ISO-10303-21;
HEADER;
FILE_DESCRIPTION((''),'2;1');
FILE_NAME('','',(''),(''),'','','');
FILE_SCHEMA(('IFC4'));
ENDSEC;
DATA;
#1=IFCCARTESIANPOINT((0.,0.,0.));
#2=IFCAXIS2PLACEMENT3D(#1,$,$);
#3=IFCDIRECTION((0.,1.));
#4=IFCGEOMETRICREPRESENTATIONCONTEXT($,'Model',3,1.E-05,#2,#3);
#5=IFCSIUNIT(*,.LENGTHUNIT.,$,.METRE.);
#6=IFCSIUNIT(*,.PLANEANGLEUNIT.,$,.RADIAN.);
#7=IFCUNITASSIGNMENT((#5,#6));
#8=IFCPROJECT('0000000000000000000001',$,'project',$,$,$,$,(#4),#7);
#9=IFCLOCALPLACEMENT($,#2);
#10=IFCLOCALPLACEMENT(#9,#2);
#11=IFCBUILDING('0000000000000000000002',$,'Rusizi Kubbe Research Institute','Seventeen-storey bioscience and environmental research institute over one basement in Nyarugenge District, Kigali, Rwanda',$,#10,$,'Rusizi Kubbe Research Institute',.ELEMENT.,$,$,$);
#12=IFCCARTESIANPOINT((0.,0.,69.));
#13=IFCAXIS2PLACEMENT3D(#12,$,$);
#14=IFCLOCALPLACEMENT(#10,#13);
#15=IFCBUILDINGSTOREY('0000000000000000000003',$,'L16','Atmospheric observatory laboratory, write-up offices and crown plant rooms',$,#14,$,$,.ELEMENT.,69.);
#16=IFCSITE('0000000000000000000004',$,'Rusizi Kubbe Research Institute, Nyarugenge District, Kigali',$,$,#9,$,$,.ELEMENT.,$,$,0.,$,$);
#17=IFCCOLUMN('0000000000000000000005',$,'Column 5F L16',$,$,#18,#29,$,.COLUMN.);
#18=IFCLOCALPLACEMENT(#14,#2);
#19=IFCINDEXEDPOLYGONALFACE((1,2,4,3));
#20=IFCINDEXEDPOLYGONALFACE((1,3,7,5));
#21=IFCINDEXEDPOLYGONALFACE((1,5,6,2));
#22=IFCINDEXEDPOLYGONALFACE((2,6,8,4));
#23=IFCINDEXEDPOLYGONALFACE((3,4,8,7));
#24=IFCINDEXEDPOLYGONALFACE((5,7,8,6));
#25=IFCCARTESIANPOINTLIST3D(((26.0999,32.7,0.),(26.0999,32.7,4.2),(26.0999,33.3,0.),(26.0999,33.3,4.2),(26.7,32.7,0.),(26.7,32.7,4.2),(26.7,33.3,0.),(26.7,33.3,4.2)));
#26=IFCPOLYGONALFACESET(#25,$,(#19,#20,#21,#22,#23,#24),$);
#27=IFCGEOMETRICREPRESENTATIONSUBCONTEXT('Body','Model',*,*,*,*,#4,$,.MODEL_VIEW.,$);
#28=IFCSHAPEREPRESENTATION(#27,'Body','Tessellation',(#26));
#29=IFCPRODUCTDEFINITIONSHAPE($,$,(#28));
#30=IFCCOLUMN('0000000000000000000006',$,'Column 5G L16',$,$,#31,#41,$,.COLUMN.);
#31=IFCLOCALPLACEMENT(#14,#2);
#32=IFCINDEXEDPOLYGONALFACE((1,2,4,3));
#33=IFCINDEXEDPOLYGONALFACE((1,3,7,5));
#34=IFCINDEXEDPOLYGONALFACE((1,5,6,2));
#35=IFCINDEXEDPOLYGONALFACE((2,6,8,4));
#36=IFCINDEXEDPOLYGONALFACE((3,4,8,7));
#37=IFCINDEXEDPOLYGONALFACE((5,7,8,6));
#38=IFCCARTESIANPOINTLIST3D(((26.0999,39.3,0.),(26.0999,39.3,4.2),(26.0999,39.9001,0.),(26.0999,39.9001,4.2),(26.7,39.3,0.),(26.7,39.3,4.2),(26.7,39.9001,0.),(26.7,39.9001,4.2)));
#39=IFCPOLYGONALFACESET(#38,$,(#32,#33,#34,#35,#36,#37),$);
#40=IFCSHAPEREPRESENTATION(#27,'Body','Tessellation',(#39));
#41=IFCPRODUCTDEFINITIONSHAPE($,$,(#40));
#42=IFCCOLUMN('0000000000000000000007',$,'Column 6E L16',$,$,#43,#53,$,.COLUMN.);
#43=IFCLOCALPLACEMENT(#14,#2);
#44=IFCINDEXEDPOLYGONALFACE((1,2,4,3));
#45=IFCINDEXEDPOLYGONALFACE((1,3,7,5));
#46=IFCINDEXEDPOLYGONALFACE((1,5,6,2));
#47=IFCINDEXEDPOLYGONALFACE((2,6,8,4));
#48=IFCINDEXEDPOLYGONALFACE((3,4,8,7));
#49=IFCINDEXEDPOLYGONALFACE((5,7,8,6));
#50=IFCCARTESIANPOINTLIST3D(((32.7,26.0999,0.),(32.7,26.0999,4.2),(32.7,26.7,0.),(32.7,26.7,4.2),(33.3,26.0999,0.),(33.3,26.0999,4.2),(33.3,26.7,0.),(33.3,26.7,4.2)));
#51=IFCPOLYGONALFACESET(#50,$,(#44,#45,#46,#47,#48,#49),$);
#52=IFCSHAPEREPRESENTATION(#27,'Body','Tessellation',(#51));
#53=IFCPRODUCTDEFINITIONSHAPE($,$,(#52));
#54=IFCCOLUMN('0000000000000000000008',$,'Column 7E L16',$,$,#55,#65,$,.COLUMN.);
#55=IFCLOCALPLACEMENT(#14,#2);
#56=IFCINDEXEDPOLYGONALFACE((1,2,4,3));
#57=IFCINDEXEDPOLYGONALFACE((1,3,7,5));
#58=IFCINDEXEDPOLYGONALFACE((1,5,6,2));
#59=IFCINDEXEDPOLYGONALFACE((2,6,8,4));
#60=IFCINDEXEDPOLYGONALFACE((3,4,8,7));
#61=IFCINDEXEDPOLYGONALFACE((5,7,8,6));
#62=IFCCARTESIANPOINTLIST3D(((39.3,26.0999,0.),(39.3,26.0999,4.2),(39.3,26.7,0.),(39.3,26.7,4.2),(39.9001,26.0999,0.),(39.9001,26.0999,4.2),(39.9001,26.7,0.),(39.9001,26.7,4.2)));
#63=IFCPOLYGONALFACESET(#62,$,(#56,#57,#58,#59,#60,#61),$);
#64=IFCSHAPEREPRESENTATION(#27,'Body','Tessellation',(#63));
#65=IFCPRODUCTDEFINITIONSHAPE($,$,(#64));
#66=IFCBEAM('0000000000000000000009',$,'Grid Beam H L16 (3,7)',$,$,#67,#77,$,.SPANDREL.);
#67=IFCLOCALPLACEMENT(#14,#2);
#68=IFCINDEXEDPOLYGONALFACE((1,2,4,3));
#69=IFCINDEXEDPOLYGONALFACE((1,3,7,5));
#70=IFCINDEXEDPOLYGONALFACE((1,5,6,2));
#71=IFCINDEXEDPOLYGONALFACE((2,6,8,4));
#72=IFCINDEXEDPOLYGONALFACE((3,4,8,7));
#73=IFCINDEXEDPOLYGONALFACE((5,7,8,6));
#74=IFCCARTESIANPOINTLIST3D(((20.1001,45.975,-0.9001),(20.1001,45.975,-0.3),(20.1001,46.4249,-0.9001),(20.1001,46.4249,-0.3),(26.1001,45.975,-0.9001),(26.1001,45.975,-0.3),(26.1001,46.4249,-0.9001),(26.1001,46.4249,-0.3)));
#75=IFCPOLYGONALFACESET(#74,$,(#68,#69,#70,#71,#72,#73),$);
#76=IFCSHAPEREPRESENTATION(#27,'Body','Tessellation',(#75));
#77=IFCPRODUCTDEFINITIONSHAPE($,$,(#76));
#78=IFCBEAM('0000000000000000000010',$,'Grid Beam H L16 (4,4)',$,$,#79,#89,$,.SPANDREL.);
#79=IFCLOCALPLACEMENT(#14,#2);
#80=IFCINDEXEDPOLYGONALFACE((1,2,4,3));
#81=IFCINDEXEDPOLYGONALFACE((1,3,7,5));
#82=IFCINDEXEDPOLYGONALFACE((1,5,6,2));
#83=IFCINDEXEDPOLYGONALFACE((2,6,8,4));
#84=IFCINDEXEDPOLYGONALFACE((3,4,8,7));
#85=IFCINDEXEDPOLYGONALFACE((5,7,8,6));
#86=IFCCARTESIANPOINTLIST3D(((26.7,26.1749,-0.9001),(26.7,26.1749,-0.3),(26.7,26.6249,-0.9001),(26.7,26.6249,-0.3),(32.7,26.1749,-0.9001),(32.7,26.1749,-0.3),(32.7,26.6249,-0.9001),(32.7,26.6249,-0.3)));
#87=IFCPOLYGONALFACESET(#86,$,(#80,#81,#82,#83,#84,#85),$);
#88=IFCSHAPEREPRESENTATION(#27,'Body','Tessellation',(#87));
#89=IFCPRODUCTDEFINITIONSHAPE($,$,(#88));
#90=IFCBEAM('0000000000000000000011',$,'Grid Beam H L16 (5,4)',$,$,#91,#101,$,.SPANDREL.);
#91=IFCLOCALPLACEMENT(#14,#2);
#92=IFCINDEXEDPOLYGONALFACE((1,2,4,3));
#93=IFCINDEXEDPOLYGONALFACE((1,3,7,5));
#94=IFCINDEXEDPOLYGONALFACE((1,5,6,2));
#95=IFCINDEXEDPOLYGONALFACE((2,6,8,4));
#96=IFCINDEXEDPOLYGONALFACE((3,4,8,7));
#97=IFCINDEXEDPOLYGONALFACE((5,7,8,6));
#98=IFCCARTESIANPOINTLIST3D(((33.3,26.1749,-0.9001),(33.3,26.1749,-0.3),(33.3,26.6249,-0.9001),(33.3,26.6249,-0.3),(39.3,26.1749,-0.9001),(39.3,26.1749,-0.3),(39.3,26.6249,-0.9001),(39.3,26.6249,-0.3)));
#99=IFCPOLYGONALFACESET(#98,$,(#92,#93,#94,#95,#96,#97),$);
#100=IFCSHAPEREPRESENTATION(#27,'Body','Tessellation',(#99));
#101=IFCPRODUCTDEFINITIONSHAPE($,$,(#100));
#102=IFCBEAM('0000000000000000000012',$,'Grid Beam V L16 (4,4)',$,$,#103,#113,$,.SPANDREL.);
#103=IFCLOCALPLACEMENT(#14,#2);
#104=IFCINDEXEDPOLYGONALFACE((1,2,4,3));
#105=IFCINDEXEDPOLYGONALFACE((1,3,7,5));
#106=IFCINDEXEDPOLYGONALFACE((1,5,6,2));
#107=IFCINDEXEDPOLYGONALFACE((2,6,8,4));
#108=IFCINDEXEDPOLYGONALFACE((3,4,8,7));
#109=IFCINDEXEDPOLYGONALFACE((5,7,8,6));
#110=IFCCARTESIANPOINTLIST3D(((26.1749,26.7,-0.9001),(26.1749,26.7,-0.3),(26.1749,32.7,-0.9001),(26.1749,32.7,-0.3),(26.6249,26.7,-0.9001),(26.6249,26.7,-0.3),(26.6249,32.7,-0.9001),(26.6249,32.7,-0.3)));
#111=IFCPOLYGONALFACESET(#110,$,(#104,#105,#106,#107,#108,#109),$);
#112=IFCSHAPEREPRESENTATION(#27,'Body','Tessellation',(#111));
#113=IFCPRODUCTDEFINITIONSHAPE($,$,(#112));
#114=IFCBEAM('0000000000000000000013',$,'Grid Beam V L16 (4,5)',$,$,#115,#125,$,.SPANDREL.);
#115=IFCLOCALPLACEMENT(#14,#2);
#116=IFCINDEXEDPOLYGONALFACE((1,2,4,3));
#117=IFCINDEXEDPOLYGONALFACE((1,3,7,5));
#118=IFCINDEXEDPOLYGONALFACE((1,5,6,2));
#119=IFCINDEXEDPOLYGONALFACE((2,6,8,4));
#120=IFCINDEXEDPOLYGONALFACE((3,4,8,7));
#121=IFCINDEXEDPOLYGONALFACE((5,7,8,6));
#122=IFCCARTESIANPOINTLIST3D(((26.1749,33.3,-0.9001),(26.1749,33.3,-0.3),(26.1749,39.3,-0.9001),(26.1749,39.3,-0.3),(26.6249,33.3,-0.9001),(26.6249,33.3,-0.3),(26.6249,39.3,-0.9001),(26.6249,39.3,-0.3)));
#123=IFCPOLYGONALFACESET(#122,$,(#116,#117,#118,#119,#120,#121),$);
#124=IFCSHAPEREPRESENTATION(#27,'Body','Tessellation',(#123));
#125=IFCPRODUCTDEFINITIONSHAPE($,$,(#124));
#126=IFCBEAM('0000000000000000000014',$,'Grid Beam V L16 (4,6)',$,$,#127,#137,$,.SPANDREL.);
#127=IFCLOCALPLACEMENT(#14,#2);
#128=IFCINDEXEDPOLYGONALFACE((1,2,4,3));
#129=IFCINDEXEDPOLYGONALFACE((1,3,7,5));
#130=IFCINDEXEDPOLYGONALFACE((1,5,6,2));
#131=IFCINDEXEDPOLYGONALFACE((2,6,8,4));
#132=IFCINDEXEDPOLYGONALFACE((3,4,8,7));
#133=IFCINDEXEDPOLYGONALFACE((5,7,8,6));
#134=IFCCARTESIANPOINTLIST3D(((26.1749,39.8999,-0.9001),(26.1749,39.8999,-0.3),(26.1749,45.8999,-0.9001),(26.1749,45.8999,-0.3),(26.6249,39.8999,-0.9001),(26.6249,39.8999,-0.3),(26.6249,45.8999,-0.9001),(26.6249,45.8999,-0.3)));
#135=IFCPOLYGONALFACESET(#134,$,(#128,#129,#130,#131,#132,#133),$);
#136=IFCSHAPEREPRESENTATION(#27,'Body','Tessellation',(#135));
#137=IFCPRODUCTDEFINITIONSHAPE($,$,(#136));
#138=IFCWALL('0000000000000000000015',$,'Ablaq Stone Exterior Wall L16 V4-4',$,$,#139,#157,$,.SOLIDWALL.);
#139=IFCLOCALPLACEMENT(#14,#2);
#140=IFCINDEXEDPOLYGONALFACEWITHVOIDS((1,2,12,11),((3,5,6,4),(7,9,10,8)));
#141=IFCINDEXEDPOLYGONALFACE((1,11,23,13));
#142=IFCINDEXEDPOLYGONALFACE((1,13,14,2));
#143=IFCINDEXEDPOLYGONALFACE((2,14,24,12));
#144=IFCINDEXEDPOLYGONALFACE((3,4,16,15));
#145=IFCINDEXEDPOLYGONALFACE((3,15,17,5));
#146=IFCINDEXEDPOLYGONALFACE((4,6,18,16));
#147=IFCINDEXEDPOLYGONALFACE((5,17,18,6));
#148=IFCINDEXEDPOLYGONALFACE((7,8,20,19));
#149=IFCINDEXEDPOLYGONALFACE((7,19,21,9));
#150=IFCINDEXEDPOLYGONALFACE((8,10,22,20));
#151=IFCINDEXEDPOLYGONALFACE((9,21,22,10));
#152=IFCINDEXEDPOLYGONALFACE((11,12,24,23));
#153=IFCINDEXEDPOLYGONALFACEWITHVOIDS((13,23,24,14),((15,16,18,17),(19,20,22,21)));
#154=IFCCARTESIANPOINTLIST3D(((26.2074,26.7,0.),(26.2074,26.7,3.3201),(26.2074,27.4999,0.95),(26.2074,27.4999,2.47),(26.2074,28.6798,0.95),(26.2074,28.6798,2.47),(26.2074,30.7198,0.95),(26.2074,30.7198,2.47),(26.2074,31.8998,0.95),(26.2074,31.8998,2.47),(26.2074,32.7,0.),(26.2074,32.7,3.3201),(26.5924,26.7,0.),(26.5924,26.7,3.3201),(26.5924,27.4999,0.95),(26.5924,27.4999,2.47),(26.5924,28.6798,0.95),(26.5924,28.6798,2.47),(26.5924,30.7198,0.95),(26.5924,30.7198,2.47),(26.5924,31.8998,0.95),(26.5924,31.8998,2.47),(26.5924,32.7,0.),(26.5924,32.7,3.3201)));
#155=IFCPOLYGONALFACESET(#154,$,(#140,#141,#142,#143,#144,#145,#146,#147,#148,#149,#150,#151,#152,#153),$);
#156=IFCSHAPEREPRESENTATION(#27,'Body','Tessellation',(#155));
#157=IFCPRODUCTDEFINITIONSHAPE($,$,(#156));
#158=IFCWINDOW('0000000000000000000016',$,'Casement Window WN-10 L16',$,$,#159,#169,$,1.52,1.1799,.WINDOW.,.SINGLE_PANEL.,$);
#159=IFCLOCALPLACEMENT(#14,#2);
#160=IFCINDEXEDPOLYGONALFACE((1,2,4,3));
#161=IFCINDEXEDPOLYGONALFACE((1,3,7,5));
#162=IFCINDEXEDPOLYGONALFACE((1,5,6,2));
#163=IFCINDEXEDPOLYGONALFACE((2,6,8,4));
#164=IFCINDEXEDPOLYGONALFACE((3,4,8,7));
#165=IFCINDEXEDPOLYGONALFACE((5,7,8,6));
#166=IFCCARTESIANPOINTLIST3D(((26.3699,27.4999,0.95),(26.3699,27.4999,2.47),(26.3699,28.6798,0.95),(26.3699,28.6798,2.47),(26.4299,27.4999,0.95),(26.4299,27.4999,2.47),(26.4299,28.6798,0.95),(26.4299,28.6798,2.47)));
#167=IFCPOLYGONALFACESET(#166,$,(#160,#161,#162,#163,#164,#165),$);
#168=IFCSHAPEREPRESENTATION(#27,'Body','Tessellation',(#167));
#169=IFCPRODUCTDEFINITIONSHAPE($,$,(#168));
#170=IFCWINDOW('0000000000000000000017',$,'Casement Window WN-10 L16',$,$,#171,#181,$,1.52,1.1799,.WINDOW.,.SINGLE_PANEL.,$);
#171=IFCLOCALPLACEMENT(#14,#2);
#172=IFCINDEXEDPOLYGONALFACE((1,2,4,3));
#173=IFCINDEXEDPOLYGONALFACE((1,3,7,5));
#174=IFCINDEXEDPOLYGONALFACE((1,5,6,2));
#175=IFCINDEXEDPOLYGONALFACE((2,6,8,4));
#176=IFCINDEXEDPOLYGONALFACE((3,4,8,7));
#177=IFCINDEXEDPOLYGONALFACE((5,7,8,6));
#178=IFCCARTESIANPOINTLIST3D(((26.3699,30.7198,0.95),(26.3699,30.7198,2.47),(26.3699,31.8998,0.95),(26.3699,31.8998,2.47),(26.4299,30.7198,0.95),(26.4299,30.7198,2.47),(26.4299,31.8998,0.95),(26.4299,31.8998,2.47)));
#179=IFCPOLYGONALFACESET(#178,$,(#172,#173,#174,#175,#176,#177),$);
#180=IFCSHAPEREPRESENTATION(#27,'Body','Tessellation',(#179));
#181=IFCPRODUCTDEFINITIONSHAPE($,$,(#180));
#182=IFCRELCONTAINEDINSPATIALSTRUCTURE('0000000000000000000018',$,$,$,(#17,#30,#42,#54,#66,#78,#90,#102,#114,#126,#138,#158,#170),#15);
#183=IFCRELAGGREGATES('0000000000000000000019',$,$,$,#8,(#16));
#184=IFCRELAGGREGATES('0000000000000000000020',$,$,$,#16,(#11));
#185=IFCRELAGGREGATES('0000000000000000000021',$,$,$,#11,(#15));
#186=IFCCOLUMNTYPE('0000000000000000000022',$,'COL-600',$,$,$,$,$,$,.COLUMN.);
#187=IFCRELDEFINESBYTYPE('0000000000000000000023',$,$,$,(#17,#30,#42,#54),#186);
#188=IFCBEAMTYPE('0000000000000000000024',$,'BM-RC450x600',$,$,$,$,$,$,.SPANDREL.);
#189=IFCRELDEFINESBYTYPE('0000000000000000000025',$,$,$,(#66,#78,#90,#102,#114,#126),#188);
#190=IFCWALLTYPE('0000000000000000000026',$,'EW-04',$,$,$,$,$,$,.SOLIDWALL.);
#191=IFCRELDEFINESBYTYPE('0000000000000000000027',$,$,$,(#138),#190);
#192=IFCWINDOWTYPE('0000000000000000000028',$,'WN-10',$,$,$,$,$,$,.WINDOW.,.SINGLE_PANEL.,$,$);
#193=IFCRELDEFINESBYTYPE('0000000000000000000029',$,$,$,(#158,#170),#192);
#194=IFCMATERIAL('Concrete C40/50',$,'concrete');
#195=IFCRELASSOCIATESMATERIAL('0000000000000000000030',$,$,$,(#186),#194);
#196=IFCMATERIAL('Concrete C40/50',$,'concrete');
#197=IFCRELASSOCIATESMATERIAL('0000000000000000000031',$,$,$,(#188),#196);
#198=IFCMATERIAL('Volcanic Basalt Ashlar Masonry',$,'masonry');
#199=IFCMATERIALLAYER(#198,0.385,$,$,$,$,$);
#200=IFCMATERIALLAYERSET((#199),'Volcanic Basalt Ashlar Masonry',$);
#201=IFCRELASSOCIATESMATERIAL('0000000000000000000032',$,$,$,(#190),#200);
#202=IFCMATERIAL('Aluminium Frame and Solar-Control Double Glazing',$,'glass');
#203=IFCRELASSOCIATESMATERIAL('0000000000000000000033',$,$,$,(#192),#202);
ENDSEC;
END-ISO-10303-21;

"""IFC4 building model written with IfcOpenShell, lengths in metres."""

from ifc_helpers import new_model, si_unit, direction, frame, frame_2d, origin, origin_2d, place, context, subcontext, project, spatial, rectangle, extrude, material, layer, layer_set, material_profile, profile_set, type_object, element, fill, save


model = new_model("IFC4")

# Units and contexts
model_context = context("Model", 3, precision=1e-05, world=origin(), true_north=direction((0.0, 1.0)))
body_context = subcontext(model_context, "Body", "Model", "MODEL_VIEW")
ifc_project = project(units=[si_unit("LENGTHUNIT", "METRE"), si_unit("PLANEANGLEUNIT", "RADIAN")], contexts=[model_context])

# Site, building, storey
site_placement = place(None, origin())
site = spatial("IfcSite", under=ifc_project, at=site_placement, Name="Rusizi Kubbe Research Institute, Nyarugenge District, Kigali", CompositionType="ELEMENT", RefElevation=0.0)
building_placement = place(site_placement, origin())
building = spatial("IfcBuilding", under=site, at=building_placement, Name="Rusizi Kubbe Research Institute", Description="Seventeen-storey bioscience and environmental research institute over one basement in Nyarugenge District, Kigali, Rwanda", LongName="Rusizi Kubbe Research Institute", CompositionType="ELEMENT")
storey_placement = place(building_placement, frame((0.0, 0.0, 69.0)))
storey = spatial("IfcBuildingStorey", under=building, at=storey_placement, Name="L16", Description="Atmospheric observatory laboratory, write-up offices and crown plant rooms", CompositionType="ELEMENT", Elevation=69.0)

# Columns
ifc_material_1 = material(Name="Concrete C40/50", Category="concrete")
ifc_material_profile_1 = material_profile(ifc_material_1, rectangle(XDim=0.6001, YDim=0.6001, at=origin_2d()), Name="RC600x600")
ifc_profile_set_1 = profile_set([ifc_material_profile_1], Name="Concrete C40/50")
column_type = type_object("IfcColumnType", Name="COL-600", PredefinedType="COLUMN", material=ifc_profile_set_1)
for number, where, z_axis, x_axis, name in (
    (1, (26.3999, 33.0, 0.0), (0.0, 0.0, 1.0), (1.0, 0.0, 0.0), "Column 5F L16"),
    (2, (26.3999, 39.6001, 0.0), (0.0, 0.0, 1.0), (1.0, 0.0, 0.0), "Column 5G L16"),
    (3, (33.0, 26.3999, 0.0), (0.0, 0.0, 1.0), (1.0, 0.0, 0.0), "Column 6E L16"),
    (4, (39.6001, 26.3999, 0.0), (0.0, 0.0, 1.0), (1.0, 0.0, 0.0), "Column 7E L16"),
):
    element("IfcColumn", number, at=place(storey_placement, frame(where, z_axis=z_axis, x_axis=x_axis)), inside=storey, type_object=column_type, Name=name, PredefinedType="COLUMN", context=body_context, shape_type="SweptSolid", body=[
        extrude(rectangle(XDim=0.6001, YDim=0.6001, at=origin_2d()), origin(), (0.0, 0.0, 1.0), 4.2),
    ])

# Beams
ifc_material_2 = material(Name="Concrete C40/50", Category="concrete")
ifc_material_profile_2 = material_profile(ifc_material_2, rectangle(XDim=0.45, YDim=0.6001, at=origin_2d()), Name="RC450x600")
ifc_profile_set_2 = profile_set([ifc_material_profile_2], Name="Concrete C40/50")
beam_type = type_object("IfcBeamType", Name="BM-RC450x600", PredefinedType="SPANDREL", material=ifc_profile_set_2)
for number, where, z_axis, x_axis, name in (
    (5, (20.1001, 46.2, -0.6001), (1.0, 0.0, 0.0), (0.0, 1.0, 0.0), "Grid Beam H L16 (3,7)"),
    (6, (26.7, 26.3999, -0.6001), (1.0, 0.0, 0.0), (0.0, 1.0, 0.0), "Grid Beam H L16 (4,4)"),
    (7, (33.3, 26.3999, -0.6001), (1.0, 0.0, 0.0), (0.0, 1.0, 0.0), "Grid Beam H L16 (5,4)"),
    (8, (26.3999, 26.7, -0.6001), (0.0, 1.0, 0.0), (-1.0, 0.0, 0.0), "Grid Beam V L16 (4,4)"),
    (9, (26.3999, 33.3, -0.6001), (0.0, 1.0, 0.0), (-1.0, 0.0, 0.0), "Grid Beam V L16 (4,5)"),
    (10, (26.3999, 39.8999, -0.6001), (0.0, 1.0, 0.0), (-1.0, 0.0, 0.0), "Grid Beam V L16 (4,6)"),
):
    element("IfcBeam", number, at=place(storey_placement, frame(where, z_axis=z_axis, x_axis=x_axis)), inside=storey, type_object=beam_type, Name=name, PredefinedType="SPANDREL", context=body_context, shape_type="SweptSolid", body=[
        extrude(rectangle(XDim=0.45, YDim=0.6001, at=origin_2d()), origin(), (0.0, 0.0, 1.0), 6.0),
    ])

# Wall, openings, windows
ifc_material_3 = material(Name="Volcanic Basalt Ashlar Masonry", Category="masonry")
ifc_layer_1 = layer(ifc_material_3, 0.385)
ifc_layer_set_1 = layer_set([ifc_layer_1], Name="Volcanic Basalt Ashlar Masonry")
wall_type_1 = type_object("IfcWallType", Name="EW-04", PredefinedType="SOLIDWALL", material=ifc_layer_set_1)
wall_1_placement = place(storey_placement, frame((26.3999, 26.7, 0.0), z_axis=(0.0, 0.0, 1.0), x_axis=(0.0, 1.0, 0.0)))
wall_1 = element("IfcWall", 11, at=wall_1_placement, inside=storey, type_object=wall_type_1, Name="Ablaq Stone Exterior Wall L16 V4-4", PredefinedType="SOLIDWALL", context=body_context, shape_type="SweptSolid", body=[
    extrude(rectangle(XDim=6.0, YDim=0.385, at=frame_2d((3.0, 0.0))), origin(), (0.0, 0.0, 1.0), 3.3201),
])
opening_1_placement = place(wall_1_placement, frame((0.8, 0.0, 0.95)))
opening_1 = element("IfcOpeningElement", 12, at=opening_1_placement, cuts=wall_1, PredefinedType="OPENING", context=body_context, shape_type="SweptSolid", body=[
    extrude(rectangle(XDim=1.1799, YDim=1.52, at=frame_2d((0.5898, 0.76))), frame((0.0, 0.2024, 0.0), z_axis=(0.0, -1.0, 0.0), x_axis=(1.0, 0.0, 0.0)), (0.0, 0.0, 1.0), 0.405),
])
opening_2_placement = place(wall_1_placement, frame((4.02, 0.0, 0.95)))
opening_2 = element("IfcOpeningElement", 13, at=opening_2_placement, cuts=wall_1, PredefinedType="OPENING", context=body_context, shape_type="SweptSolid", body=[
    extrude(rectangle(XDim=1.1799, YDim=1.52, at=frame_2d((0.5898, 0.76))), frame((0.0, 0.2024, 0.0), z_axis=(0.0, -1.0, 0.0), x_axis=(1.0, 0.0, 0.0)), (0.0, 0.0, 1.0), 0.405),
])
ifc_material_4 = material(Name="Aluminium Frame and Solar-Control Double Glazing", Category="glass")
window_type_1 = type_object("IfcWindowType", Name="WN-10", PartitioningType="SINGLE_PANEL", PredefinedType="WINDOW", material=ifc_material_4)
window_1_placement = place(opening_1_placement, origin())
window_1 = element("IfcWindow", 14, at=window_1_placement, inside=storey, type_object=window_type_1, Name="Casement Window WN-10 L16", OverallHeight=1.52, OverallWidth=1.1799, PartitioningType="SINGLE_PANEL", PredefinedType="WINDOW", context=body_context, shape_type="SweptSolid", body=[
    extrude(rectangle(XDim=1.1799, YDim=1.52, at=frame_2d((0.5898, 0.76))), frame((0.0, 0.03, 0.0), z_axis=(0.0, -1.0, 0.0), x_axis=(1.0, 0.0, 0.0)), (0.0, 0.0, 1.0), 0.0601),
])
fill(opening_1, window_1)
window_2_placement = place(opening_2_placement, origin())
window_2 = element("IfcWindow", 15, at=window_2_placement, inside=storey, type_object=window_type_1, Name="Casement Window WN-10 L16", OverallHeight=1.52, OverallWidth=1.1799, PartitioningType="SINGLE_PANEL", PredefinedType="WINDOW", context=body_context, shape_type="SweptSolid", body=[
    extrude(rectangle(XDim=1.1799, YDim=1.52, at=frame_2d((0.5898, 0.76))), frame((0.0, 0.03, 0.0), z_axis=(0.0, -1.0, 0.0), x_axis=(1.0, 0.0, 0.0)), (0.0, 0.0, 1.0), 0.0601),
])
fill(opening_2, window_2)

save(model, "model.ifc")
